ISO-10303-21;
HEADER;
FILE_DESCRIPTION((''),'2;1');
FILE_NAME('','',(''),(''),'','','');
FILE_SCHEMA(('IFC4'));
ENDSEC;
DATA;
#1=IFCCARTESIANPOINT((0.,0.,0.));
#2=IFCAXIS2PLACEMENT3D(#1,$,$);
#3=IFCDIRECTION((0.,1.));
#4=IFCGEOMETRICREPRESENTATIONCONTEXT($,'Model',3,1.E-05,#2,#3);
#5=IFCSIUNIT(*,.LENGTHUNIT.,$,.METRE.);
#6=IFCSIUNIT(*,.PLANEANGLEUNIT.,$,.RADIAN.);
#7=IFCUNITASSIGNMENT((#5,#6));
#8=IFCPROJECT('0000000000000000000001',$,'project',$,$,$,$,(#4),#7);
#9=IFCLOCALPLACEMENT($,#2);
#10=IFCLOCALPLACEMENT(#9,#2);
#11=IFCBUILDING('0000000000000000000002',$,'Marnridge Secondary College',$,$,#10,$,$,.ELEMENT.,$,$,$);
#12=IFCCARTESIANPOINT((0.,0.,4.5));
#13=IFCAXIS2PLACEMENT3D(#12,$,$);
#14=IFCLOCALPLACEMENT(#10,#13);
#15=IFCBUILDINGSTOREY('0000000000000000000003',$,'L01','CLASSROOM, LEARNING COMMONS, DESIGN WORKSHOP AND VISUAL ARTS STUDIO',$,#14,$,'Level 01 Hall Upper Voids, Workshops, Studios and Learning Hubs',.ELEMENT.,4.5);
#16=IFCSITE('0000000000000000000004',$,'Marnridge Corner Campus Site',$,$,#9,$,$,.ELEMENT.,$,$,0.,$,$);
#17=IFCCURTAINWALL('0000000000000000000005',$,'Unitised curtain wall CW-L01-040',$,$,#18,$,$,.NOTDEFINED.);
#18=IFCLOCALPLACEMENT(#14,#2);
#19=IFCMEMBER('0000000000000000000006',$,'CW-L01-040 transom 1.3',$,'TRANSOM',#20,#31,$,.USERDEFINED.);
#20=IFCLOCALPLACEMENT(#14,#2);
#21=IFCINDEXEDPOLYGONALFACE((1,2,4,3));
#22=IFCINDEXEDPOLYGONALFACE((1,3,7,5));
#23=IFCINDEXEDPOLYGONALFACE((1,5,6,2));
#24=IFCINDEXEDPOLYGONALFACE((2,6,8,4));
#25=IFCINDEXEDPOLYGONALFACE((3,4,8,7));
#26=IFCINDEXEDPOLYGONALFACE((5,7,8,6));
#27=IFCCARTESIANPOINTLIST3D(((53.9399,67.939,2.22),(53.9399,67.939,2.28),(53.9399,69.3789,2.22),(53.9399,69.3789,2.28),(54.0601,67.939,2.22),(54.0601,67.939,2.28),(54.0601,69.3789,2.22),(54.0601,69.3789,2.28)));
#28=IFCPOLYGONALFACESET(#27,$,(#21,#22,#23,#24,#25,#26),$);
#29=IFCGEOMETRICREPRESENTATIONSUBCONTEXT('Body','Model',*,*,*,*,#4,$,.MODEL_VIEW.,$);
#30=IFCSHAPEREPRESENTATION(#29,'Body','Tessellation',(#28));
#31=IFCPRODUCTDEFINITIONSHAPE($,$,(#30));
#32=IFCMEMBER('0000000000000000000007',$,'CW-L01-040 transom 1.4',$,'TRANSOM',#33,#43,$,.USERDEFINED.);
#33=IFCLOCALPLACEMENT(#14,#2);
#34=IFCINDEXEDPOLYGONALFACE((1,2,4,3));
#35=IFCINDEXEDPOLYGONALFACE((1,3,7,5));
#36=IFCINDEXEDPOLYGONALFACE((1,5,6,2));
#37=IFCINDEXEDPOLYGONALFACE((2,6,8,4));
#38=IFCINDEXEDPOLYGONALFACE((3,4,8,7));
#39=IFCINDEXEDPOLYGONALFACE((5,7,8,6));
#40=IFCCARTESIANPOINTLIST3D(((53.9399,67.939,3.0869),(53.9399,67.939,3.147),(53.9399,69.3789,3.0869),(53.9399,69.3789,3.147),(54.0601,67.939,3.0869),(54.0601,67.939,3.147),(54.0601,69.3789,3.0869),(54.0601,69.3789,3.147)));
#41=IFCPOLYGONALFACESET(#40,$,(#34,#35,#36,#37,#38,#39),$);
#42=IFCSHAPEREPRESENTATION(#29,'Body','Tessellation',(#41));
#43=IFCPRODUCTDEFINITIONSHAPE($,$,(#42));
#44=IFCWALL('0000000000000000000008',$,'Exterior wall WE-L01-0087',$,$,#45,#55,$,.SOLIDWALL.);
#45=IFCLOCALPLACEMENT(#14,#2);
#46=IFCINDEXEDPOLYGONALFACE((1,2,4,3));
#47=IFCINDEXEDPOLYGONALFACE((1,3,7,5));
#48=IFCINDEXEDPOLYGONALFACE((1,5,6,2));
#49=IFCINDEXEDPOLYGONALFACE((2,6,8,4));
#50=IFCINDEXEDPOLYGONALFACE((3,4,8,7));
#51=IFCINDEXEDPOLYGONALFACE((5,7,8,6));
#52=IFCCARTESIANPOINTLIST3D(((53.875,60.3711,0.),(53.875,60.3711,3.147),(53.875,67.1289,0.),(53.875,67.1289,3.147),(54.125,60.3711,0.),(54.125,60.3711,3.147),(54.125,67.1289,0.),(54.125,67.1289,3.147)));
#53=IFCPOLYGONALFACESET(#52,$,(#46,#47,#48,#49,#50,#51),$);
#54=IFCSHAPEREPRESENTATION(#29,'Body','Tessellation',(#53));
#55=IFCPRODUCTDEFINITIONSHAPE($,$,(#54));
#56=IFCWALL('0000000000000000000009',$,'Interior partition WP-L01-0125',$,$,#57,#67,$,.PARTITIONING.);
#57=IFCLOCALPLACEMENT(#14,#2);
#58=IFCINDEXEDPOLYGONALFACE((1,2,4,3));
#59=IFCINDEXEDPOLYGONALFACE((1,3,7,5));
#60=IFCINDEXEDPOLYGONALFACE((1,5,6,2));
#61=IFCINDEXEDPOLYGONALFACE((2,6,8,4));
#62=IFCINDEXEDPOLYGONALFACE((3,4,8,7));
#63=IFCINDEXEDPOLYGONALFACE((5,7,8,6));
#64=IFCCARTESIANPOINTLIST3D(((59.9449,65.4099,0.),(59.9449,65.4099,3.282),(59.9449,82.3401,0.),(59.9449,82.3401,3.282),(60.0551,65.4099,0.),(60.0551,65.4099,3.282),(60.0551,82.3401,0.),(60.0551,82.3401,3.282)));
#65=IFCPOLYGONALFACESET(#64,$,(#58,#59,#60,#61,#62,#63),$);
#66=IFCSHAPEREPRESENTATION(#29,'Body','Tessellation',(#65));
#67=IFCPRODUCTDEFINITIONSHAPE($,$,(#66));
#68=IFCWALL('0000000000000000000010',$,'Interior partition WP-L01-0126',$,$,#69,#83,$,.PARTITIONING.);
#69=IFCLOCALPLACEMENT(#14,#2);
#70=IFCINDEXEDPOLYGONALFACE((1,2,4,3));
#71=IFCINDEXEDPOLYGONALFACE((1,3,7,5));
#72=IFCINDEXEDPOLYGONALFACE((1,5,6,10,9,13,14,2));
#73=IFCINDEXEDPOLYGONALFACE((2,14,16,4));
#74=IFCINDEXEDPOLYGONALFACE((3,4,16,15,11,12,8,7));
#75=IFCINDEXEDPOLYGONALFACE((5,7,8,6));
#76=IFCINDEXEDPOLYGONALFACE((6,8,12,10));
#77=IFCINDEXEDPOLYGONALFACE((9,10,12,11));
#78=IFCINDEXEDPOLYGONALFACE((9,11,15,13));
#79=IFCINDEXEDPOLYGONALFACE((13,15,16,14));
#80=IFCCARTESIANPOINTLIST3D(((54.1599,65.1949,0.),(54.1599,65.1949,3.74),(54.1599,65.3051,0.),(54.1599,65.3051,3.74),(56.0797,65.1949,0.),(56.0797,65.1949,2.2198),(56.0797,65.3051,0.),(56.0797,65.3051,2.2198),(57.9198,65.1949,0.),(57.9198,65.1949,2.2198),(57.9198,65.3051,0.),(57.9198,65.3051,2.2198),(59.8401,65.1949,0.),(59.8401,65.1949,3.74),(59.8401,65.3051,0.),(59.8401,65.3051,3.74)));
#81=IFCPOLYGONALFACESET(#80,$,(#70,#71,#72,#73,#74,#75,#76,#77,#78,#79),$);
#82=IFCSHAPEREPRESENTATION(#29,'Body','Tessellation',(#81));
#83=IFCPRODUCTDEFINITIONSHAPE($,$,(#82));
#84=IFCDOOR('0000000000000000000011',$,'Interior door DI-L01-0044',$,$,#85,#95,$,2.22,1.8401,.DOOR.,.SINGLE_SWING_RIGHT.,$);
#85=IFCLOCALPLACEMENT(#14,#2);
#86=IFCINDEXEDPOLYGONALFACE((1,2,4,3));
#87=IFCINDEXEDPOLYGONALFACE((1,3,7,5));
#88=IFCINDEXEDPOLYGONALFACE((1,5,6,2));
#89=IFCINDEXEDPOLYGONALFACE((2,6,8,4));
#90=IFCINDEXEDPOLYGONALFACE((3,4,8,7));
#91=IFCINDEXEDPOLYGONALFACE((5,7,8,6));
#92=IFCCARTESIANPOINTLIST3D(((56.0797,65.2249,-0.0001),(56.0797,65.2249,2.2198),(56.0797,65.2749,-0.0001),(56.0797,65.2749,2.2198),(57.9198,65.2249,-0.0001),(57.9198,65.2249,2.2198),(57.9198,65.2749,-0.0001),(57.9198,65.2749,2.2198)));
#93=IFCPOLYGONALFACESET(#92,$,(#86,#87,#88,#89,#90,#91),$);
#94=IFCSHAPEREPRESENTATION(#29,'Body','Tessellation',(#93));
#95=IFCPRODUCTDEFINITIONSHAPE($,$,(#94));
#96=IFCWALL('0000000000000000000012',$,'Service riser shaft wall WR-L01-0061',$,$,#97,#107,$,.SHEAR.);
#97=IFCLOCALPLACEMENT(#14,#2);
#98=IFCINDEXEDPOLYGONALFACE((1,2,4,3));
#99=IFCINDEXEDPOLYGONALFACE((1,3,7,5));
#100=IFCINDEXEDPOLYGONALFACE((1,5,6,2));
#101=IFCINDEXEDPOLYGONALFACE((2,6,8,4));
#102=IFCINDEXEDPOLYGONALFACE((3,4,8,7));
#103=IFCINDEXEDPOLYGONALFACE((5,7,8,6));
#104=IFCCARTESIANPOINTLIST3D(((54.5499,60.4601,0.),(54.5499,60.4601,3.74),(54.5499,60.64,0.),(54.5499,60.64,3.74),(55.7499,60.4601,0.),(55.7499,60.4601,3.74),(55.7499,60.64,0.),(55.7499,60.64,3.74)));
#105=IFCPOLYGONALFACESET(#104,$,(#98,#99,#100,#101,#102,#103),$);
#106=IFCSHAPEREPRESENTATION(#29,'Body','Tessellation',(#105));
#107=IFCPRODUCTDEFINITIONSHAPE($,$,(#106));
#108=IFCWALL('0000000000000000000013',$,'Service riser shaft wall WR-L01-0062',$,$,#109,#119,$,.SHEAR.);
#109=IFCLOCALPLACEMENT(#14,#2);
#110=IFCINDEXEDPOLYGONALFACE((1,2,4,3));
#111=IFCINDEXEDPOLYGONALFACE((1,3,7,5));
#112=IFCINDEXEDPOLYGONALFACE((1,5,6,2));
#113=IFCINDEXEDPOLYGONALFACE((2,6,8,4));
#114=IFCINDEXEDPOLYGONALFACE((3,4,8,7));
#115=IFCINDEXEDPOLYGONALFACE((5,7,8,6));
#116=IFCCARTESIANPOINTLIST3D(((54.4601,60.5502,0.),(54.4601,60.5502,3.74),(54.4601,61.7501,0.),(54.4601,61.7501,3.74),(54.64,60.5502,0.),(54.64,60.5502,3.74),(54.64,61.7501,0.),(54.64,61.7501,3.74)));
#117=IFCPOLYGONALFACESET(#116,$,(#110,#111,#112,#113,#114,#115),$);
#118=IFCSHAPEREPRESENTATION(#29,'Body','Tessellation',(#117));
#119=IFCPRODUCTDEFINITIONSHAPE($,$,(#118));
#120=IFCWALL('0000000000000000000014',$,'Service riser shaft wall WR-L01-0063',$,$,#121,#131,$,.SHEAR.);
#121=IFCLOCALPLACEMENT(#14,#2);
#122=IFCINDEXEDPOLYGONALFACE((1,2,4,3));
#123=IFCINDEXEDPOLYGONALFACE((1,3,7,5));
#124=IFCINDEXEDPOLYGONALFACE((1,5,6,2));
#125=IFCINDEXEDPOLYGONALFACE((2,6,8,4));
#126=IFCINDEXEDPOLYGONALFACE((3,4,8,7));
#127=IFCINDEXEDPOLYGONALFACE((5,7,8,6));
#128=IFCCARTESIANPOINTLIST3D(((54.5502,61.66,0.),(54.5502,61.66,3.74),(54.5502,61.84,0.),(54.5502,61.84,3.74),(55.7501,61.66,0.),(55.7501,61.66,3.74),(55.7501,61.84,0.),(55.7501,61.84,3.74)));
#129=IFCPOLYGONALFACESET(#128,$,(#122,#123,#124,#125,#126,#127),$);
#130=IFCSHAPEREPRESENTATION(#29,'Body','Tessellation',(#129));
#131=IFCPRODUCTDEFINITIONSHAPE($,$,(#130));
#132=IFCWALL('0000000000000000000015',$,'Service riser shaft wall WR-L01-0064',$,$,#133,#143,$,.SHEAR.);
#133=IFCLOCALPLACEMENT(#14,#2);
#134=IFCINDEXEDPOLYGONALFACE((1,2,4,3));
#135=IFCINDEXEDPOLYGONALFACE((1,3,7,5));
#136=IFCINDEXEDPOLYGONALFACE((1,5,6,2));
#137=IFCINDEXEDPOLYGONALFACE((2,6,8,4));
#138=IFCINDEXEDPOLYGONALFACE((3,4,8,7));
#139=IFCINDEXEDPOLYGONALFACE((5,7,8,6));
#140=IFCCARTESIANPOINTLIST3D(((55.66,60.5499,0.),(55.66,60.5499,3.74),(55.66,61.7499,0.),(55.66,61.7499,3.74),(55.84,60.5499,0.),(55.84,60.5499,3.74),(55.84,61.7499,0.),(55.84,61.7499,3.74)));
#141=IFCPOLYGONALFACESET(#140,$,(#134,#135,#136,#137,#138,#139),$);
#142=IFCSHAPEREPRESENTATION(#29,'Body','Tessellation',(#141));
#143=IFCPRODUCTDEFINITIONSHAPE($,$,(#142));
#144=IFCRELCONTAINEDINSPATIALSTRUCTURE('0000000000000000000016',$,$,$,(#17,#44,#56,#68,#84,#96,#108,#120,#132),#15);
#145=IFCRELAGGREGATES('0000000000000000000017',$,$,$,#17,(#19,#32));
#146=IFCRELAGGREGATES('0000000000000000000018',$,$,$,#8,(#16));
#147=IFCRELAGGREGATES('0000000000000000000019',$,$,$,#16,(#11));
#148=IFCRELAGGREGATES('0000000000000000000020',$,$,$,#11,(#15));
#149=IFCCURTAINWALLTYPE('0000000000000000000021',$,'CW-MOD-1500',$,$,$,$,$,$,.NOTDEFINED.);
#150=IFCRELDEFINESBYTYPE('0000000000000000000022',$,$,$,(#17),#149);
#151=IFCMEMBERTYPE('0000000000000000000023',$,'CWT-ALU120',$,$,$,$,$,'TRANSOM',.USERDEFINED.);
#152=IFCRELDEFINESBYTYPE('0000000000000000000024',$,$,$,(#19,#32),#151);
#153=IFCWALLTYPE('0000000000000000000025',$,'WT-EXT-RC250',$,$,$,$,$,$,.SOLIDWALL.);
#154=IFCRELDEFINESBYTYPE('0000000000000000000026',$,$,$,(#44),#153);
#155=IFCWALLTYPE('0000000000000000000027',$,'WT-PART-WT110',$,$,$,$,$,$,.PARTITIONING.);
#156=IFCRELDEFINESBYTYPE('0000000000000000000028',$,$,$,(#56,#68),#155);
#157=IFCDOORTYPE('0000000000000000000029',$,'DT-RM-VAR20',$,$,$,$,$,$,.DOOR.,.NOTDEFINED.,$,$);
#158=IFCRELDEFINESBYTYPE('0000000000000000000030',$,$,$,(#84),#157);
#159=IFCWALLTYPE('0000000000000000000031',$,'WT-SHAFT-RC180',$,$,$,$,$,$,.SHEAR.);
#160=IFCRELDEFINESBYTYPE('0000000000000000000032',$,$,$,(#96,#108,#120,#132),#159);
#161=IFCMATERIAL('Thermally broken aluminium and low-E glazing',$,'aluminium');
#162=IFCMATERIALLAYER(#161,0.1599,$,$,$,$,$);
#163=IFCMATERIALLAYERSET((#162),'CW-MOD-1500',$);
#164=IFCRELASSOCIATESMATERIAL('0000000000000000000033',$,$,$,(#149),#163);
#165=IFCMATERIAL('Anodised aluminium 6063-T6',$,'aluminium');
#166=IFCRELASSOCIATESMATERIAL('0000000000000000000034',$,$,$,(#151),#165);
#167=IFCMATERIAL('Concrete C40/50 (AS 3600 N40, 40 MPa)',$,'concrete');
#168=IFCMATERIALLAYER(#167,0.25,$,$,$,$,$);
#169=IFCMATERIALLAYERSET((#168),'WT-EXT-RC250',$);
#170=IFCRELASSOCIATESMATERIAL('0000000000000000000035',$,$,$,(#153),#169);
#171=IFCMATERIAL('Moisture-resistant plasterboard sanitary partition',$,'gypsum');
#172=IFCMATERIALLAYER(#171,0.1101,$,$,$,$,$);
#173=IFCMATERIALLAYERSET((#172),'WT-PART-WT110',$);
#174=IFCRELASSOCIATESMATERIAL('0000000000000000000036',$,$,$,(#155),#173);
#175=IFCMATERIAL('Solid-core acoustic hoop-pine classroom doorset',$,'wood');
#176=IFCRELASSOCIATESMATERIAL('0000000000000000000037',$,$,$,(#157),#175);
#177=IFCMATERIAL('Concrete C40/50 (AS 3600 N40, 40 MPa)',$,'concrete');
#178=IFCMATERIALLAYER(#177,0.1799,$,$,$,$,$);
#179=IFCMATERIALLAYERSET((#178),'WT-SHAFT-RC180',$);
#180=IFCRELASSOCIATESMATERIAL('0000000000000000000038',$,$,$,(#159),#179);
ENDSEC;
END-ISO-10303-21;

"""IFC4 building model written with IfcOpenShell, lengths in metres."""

from ifc_helpers import new_model, si_unit, direction, frame, frame_2d, origin, origin_2d, place, context, subcontext, project, spatial, rectangle, extrude, material, layer, layer_set, material_profile, profile_set, type_object, element, fill, aggregate, save


model = new_model("IFC4")

# Units and contexts
model_context = context("Model", 3, precision=1e-05, world=origin(), true_north=direction((0.0, 1.0)))
body_context = subcontext(model_context, "Body", "Model", "MODEL_VIEW")
ifc_project = project(units=[si_unit("LENGTHUNIT", "METRE"), si_unit("PLANEANGLEUNIT", "RADIAN")], contexts=[model_context])

# Site, building, storey
site_placement = place(None, origin())
site = spatial("IfcSite", under=ifc_project, at=site_placement, Name="Marnridge Corner Campus Site", CompositionType="ELEMENT", RefElevation=0.0)
building_placement = place(site_placement, origin())
building = spatial("IfcBuilding", under=site, at=building_placement, Name="Marnridge Secondary College", CompositionType="ELEMENT")
storey_placement = place(building_placement, frame((0.0, 0.0, 4.5)))
storey = spatial("IfcBuildingStorey", under=building, at=storey_placement, Name="L01", Description="CLASSROOM, LEARNING COMMONS, DESIGN WORKSHOP AND VISUAL ARTS STUDIO", LongName="Level 01 Hall Upper Voids, Workshops, Studios and Learning Hubs", CompositionType="ELEMENT", Elevation=4.5)

# Curtain wall, members
ifc_material_1 = material(Name="Thermally broken aluminium and low-E glazing", Category="aluminium")
ifc_layer_1 = layer(ifc_material_1, 0.1599)
ifc_layer_set_1 = layer_set([ifc_layer_1], Name="CW-MOD-1500")
curtain_wall_type = type_object("IfcCurtainWallType", Name="CW-MOD-1500", PredefinedType="NOTDEFINED", material=ifc_layer_set_1)
curtain_wall_placement = place(storey_placement, origin())
curtain_wall = element("IfcCurtainWall", 1, at=curtain_wall_placement, inside=storey, type_object=curtain_wall_type, Name="Unitised curtain wall CW-L01-040", PredefinedType="NOTDEFINED")
ifc_material_2 = material(Name="Anodised aluminium 6063-T6", Category="aluminium")
ifc_material_profile_1 = material_profile(ifc_material_2, rectangle(XDim=0.0601, YDim=0.1201, at=origin_2d()), Name="ALU 60x120")
ifc_profile_set_1 = profile_set([ifc_material_profile_1], Name="Anodised aluminium 6063-T6")
member_type_1 = type_object("IfcMemberType", Name="CWT-ALU120", ElementType="TRANSOM", PredefinedType="USERDEFINED", material=ifc_profile_set_1)
member_1_placement = place(storey_placement, frame((54.0, 67.939, 2.25), z_axis=(0.0, 1.0, 0.0), x_axis=(0.0, 0.0, 1.0)))
member_1 = element("IfcMember", 2, at=member_1_placement, type_object=member_type_1, Name="CW-L01-040 transom 1.3", ObjectType="TRANSOM", PredefinedType="USERDEFINED", context=body_context, shape_type="SweptSolid", body=[
    extrude(rectangle(XDim=0.0601, YDim=0.1201, at=origin_2d()), origin(), (0.0, 0.0, 1.0), 1.4399),
])
member_2_placement = place(storey_placement, frame((54.0, 67.939, 3.1169), z_axis=(0.0, 1.0, 0.0), x_axis=(0.0, 0.0, 1.0)))
member_2 = element("IfcMember", 3, at=member_2_placement, type_object=member_type_1, Name="CW-L01-040 transom 1.4", ObjectType="TRANSOM", PredefinedType="USERDEFINED", context=body_context, shape_type="SweptSolid", body=[
    extrude(rectangle(XDim=0.0601, YDim=0.1201, at=origin_2d()), origin(), (0.0, 0.0, 1.0), 1.4399),
])
aggregate(curtain_wall, [member_1, member_2])

# Walls
ifc_material_3 = material(Name="Concrete C40/50 (AS 3600 N40, 40 MPa)", Category="concrete")
ifc_layer_2 = layer(ifc_material_3, 0.25)
ifc_layer_set_2 = layer_set([ifc_layer_2], Name="WT-EXT-RC250")
wall_type_1 = type_object("IfcWallType", Name="WT-EXT-RC250", PredefinedType="SOLIDWALL", material=ifc_layer_set_2)
wall_1_placement = place(storey_placement, frame((54.0, 60.3711, 0.0), z_axis=(0.0, 0.0, 1.0), x_axis=(0.0, 1.0, 0.0)))
element("IfcWall", 4, at=wall_1_placement, inside=storey, type_object=wall_type_1, Name="Exterior wall WE-L01-0087", PredefinedType="SOLIDWALL", context=body_context, shape_type="SweptSolid", body=[
    extrude(rectangle(XDim=6.7578, YDim=0.25, at=frame_2d((3.3789, 0.0))), origin(), (0.0, 0.0, 1.0), 3.147),
])
ifc_material_4 = material(Name="Moisture-resistant plasterboard sanitary partition", Category="gypsum")
ifc_layer_3 = layer(ifc_material_4, 0.1101)
ifc_layer_set_3 = layer_set([ifc_layer_3], Name="WT-PART-WT110")
wall_type_2 = type_object("IfcWallType", Name="WT-PART-WT110", PredefinedType="PARTITIONING", material=ifc_layer_set_3)
wall_2_placement = place(storey_placement, frame((60.0, 65.4099, 0.0), z_axis=(0.0, 0.0, 1.0), x_axis=(0.0, 1.0, 0.0)))
element("IfcWall", 5, at=wall_2_placement, inside=storey, type_object=wall_type_2, Name="Interior partition WP-L01-0125", PredefinedType="PARTITIONING", context=body_context, shape_type="SweptSolid", body=[
    extrude(rectangle(XDim=16.9302, YDim=0.1101, at=frame_2d((8.4651, 0.0))), origin(), (0.0, 0.0, 1.0), 3.282),
])

# Wall, opening, door
wall_3_placement = place(storey_placement, frame((54.1599, 65.25, 0.0), z_axis=(0.0, 0.0, 1.0), x_axis=(1.0, 0.0, 0.0)))
wall_3 = element("IfcWall", 6, at=wall_3_placement, inside=storey, type_object=wall_type_2, Name="Interior partition WP-L01-0126", PredefinedType="PARTITIONING", context=body_context, shape_type="SweptSolid", body=[
    extrude(rectangle(XDim=5.6802, YDim=0.1101, at=frame_2d((2.8401, 0.0))), origin(), (0.0, 0.0, 1.0), 3.74),
])
opening_placement = place(wall_3_placement, frame((1.9199, 0.0, 0.0)))
opening = element("IfcOpeningElement", 7, at=opening_placement, cuts=wall_3, PredefinedType="OPENING", context=body_context, shape_type="SweptSolid", body=[
    extrude(rectangle(XDim=1.8401, YDim=2.22, at=frame_2d((0.9199, 1.1099))), frame((0.0, 0.0649, 0.0), z_axis=(0.0, -1.0, 0.0), x_axis=(1.0, 0.0, 0.0)), (0.0, 0.0, 1.0), 0.1301),
])
ifc_material_5 = material(Name="Solid-core acoustic hoop-pine classroom doorset", Category="wood")
door_type = type_object("IfcDoorType", Name="DT-RM-VAR20", OperationType="NOTDEFINED", PredefinedType="DOOR", material=ifc_material_5)
door_placement = place(opening_placement, origin())
door = element("IfcDoor", 8, at=door_placement, inside=storey, type_object=door_type, Name="Interior door DI-L01-0044", OperationType="SINGLE_SWING_RIGHT", OverallHeight=2.22, OverallWidth=1.8401, PredefinedType="DOOR", context=body_context, shape_type="SweptSolid", body=[
    extrude(rectangle(XDim=1.8401, YDim=2.22, at=frame_2d((0.9199, 1.1099))), frame((0.0, 0.0249, 0.0), z_axis=(0.0, -1.0, 0.0), x_axis=(1.0, 0.0, 0.0)), (0.0, 0.0, 1.0), 0.05),
])
fill(opening, door)

# Walls
ifc_material_6 = material(Name="Concrete C40/50 (AS 3600 N40, 40 MPa)", Category="concrete")
ifc_layer_4 = layer(ifc_material_6, 0.1799)
ifc_layer_set_4 = layer_set([ifc_layer_4], Name="WT-SHAFT-RC180")
wall_type_3 = type_object("IfcWallType", Name="WT-SHAFT-RC180", PredefinedType="SHEAR", material=ifc_layer_set_4)
for number, where, z_axis, x_axis, name in (
    (9, (55.75, 60.55, 0.0), (0.0, 0.0, 1.0), (-1.0, 0.0, 0.0), "Service riser shaft wall WR-L01-0061"),
    (10, (54.55, 60.55, 0.0), (0.0, 0.0, 1.0), (0.0, 1.0, 0.0), "Service riser shaft wall WR-L01-0062"),
    (11, (54.55, 61.75, 0.0), (0.0, 0.0, 1.0), (1.0, 0.0, 0.0), "Service riser shaft wall WR-L01-0063"),
    (12, (55.75, 61.75, 0.0), (0.0, 0.0, 1.0), (0.0, -1.0, 0.0), "Service riser shaft wall WR-L01-0064"),
):
    element("IfcWall", number, at=place(storey_placement, frame(where, z_axis=z_axis, x_axis=x_axis)), inside=storey, type_object=wall_type_3, Name=name, PredefinedType="SHEAR", context=body_context, shape_type="SweptSolid", body=[
        extrude(rectangle(XDim=1.2, YDim=0.1799, at=frame_2d((0.6001, 0.0))), origin(), (0.0, 0.0, 1.0), 3.74),
    ])

save(model, "model.ifc")
